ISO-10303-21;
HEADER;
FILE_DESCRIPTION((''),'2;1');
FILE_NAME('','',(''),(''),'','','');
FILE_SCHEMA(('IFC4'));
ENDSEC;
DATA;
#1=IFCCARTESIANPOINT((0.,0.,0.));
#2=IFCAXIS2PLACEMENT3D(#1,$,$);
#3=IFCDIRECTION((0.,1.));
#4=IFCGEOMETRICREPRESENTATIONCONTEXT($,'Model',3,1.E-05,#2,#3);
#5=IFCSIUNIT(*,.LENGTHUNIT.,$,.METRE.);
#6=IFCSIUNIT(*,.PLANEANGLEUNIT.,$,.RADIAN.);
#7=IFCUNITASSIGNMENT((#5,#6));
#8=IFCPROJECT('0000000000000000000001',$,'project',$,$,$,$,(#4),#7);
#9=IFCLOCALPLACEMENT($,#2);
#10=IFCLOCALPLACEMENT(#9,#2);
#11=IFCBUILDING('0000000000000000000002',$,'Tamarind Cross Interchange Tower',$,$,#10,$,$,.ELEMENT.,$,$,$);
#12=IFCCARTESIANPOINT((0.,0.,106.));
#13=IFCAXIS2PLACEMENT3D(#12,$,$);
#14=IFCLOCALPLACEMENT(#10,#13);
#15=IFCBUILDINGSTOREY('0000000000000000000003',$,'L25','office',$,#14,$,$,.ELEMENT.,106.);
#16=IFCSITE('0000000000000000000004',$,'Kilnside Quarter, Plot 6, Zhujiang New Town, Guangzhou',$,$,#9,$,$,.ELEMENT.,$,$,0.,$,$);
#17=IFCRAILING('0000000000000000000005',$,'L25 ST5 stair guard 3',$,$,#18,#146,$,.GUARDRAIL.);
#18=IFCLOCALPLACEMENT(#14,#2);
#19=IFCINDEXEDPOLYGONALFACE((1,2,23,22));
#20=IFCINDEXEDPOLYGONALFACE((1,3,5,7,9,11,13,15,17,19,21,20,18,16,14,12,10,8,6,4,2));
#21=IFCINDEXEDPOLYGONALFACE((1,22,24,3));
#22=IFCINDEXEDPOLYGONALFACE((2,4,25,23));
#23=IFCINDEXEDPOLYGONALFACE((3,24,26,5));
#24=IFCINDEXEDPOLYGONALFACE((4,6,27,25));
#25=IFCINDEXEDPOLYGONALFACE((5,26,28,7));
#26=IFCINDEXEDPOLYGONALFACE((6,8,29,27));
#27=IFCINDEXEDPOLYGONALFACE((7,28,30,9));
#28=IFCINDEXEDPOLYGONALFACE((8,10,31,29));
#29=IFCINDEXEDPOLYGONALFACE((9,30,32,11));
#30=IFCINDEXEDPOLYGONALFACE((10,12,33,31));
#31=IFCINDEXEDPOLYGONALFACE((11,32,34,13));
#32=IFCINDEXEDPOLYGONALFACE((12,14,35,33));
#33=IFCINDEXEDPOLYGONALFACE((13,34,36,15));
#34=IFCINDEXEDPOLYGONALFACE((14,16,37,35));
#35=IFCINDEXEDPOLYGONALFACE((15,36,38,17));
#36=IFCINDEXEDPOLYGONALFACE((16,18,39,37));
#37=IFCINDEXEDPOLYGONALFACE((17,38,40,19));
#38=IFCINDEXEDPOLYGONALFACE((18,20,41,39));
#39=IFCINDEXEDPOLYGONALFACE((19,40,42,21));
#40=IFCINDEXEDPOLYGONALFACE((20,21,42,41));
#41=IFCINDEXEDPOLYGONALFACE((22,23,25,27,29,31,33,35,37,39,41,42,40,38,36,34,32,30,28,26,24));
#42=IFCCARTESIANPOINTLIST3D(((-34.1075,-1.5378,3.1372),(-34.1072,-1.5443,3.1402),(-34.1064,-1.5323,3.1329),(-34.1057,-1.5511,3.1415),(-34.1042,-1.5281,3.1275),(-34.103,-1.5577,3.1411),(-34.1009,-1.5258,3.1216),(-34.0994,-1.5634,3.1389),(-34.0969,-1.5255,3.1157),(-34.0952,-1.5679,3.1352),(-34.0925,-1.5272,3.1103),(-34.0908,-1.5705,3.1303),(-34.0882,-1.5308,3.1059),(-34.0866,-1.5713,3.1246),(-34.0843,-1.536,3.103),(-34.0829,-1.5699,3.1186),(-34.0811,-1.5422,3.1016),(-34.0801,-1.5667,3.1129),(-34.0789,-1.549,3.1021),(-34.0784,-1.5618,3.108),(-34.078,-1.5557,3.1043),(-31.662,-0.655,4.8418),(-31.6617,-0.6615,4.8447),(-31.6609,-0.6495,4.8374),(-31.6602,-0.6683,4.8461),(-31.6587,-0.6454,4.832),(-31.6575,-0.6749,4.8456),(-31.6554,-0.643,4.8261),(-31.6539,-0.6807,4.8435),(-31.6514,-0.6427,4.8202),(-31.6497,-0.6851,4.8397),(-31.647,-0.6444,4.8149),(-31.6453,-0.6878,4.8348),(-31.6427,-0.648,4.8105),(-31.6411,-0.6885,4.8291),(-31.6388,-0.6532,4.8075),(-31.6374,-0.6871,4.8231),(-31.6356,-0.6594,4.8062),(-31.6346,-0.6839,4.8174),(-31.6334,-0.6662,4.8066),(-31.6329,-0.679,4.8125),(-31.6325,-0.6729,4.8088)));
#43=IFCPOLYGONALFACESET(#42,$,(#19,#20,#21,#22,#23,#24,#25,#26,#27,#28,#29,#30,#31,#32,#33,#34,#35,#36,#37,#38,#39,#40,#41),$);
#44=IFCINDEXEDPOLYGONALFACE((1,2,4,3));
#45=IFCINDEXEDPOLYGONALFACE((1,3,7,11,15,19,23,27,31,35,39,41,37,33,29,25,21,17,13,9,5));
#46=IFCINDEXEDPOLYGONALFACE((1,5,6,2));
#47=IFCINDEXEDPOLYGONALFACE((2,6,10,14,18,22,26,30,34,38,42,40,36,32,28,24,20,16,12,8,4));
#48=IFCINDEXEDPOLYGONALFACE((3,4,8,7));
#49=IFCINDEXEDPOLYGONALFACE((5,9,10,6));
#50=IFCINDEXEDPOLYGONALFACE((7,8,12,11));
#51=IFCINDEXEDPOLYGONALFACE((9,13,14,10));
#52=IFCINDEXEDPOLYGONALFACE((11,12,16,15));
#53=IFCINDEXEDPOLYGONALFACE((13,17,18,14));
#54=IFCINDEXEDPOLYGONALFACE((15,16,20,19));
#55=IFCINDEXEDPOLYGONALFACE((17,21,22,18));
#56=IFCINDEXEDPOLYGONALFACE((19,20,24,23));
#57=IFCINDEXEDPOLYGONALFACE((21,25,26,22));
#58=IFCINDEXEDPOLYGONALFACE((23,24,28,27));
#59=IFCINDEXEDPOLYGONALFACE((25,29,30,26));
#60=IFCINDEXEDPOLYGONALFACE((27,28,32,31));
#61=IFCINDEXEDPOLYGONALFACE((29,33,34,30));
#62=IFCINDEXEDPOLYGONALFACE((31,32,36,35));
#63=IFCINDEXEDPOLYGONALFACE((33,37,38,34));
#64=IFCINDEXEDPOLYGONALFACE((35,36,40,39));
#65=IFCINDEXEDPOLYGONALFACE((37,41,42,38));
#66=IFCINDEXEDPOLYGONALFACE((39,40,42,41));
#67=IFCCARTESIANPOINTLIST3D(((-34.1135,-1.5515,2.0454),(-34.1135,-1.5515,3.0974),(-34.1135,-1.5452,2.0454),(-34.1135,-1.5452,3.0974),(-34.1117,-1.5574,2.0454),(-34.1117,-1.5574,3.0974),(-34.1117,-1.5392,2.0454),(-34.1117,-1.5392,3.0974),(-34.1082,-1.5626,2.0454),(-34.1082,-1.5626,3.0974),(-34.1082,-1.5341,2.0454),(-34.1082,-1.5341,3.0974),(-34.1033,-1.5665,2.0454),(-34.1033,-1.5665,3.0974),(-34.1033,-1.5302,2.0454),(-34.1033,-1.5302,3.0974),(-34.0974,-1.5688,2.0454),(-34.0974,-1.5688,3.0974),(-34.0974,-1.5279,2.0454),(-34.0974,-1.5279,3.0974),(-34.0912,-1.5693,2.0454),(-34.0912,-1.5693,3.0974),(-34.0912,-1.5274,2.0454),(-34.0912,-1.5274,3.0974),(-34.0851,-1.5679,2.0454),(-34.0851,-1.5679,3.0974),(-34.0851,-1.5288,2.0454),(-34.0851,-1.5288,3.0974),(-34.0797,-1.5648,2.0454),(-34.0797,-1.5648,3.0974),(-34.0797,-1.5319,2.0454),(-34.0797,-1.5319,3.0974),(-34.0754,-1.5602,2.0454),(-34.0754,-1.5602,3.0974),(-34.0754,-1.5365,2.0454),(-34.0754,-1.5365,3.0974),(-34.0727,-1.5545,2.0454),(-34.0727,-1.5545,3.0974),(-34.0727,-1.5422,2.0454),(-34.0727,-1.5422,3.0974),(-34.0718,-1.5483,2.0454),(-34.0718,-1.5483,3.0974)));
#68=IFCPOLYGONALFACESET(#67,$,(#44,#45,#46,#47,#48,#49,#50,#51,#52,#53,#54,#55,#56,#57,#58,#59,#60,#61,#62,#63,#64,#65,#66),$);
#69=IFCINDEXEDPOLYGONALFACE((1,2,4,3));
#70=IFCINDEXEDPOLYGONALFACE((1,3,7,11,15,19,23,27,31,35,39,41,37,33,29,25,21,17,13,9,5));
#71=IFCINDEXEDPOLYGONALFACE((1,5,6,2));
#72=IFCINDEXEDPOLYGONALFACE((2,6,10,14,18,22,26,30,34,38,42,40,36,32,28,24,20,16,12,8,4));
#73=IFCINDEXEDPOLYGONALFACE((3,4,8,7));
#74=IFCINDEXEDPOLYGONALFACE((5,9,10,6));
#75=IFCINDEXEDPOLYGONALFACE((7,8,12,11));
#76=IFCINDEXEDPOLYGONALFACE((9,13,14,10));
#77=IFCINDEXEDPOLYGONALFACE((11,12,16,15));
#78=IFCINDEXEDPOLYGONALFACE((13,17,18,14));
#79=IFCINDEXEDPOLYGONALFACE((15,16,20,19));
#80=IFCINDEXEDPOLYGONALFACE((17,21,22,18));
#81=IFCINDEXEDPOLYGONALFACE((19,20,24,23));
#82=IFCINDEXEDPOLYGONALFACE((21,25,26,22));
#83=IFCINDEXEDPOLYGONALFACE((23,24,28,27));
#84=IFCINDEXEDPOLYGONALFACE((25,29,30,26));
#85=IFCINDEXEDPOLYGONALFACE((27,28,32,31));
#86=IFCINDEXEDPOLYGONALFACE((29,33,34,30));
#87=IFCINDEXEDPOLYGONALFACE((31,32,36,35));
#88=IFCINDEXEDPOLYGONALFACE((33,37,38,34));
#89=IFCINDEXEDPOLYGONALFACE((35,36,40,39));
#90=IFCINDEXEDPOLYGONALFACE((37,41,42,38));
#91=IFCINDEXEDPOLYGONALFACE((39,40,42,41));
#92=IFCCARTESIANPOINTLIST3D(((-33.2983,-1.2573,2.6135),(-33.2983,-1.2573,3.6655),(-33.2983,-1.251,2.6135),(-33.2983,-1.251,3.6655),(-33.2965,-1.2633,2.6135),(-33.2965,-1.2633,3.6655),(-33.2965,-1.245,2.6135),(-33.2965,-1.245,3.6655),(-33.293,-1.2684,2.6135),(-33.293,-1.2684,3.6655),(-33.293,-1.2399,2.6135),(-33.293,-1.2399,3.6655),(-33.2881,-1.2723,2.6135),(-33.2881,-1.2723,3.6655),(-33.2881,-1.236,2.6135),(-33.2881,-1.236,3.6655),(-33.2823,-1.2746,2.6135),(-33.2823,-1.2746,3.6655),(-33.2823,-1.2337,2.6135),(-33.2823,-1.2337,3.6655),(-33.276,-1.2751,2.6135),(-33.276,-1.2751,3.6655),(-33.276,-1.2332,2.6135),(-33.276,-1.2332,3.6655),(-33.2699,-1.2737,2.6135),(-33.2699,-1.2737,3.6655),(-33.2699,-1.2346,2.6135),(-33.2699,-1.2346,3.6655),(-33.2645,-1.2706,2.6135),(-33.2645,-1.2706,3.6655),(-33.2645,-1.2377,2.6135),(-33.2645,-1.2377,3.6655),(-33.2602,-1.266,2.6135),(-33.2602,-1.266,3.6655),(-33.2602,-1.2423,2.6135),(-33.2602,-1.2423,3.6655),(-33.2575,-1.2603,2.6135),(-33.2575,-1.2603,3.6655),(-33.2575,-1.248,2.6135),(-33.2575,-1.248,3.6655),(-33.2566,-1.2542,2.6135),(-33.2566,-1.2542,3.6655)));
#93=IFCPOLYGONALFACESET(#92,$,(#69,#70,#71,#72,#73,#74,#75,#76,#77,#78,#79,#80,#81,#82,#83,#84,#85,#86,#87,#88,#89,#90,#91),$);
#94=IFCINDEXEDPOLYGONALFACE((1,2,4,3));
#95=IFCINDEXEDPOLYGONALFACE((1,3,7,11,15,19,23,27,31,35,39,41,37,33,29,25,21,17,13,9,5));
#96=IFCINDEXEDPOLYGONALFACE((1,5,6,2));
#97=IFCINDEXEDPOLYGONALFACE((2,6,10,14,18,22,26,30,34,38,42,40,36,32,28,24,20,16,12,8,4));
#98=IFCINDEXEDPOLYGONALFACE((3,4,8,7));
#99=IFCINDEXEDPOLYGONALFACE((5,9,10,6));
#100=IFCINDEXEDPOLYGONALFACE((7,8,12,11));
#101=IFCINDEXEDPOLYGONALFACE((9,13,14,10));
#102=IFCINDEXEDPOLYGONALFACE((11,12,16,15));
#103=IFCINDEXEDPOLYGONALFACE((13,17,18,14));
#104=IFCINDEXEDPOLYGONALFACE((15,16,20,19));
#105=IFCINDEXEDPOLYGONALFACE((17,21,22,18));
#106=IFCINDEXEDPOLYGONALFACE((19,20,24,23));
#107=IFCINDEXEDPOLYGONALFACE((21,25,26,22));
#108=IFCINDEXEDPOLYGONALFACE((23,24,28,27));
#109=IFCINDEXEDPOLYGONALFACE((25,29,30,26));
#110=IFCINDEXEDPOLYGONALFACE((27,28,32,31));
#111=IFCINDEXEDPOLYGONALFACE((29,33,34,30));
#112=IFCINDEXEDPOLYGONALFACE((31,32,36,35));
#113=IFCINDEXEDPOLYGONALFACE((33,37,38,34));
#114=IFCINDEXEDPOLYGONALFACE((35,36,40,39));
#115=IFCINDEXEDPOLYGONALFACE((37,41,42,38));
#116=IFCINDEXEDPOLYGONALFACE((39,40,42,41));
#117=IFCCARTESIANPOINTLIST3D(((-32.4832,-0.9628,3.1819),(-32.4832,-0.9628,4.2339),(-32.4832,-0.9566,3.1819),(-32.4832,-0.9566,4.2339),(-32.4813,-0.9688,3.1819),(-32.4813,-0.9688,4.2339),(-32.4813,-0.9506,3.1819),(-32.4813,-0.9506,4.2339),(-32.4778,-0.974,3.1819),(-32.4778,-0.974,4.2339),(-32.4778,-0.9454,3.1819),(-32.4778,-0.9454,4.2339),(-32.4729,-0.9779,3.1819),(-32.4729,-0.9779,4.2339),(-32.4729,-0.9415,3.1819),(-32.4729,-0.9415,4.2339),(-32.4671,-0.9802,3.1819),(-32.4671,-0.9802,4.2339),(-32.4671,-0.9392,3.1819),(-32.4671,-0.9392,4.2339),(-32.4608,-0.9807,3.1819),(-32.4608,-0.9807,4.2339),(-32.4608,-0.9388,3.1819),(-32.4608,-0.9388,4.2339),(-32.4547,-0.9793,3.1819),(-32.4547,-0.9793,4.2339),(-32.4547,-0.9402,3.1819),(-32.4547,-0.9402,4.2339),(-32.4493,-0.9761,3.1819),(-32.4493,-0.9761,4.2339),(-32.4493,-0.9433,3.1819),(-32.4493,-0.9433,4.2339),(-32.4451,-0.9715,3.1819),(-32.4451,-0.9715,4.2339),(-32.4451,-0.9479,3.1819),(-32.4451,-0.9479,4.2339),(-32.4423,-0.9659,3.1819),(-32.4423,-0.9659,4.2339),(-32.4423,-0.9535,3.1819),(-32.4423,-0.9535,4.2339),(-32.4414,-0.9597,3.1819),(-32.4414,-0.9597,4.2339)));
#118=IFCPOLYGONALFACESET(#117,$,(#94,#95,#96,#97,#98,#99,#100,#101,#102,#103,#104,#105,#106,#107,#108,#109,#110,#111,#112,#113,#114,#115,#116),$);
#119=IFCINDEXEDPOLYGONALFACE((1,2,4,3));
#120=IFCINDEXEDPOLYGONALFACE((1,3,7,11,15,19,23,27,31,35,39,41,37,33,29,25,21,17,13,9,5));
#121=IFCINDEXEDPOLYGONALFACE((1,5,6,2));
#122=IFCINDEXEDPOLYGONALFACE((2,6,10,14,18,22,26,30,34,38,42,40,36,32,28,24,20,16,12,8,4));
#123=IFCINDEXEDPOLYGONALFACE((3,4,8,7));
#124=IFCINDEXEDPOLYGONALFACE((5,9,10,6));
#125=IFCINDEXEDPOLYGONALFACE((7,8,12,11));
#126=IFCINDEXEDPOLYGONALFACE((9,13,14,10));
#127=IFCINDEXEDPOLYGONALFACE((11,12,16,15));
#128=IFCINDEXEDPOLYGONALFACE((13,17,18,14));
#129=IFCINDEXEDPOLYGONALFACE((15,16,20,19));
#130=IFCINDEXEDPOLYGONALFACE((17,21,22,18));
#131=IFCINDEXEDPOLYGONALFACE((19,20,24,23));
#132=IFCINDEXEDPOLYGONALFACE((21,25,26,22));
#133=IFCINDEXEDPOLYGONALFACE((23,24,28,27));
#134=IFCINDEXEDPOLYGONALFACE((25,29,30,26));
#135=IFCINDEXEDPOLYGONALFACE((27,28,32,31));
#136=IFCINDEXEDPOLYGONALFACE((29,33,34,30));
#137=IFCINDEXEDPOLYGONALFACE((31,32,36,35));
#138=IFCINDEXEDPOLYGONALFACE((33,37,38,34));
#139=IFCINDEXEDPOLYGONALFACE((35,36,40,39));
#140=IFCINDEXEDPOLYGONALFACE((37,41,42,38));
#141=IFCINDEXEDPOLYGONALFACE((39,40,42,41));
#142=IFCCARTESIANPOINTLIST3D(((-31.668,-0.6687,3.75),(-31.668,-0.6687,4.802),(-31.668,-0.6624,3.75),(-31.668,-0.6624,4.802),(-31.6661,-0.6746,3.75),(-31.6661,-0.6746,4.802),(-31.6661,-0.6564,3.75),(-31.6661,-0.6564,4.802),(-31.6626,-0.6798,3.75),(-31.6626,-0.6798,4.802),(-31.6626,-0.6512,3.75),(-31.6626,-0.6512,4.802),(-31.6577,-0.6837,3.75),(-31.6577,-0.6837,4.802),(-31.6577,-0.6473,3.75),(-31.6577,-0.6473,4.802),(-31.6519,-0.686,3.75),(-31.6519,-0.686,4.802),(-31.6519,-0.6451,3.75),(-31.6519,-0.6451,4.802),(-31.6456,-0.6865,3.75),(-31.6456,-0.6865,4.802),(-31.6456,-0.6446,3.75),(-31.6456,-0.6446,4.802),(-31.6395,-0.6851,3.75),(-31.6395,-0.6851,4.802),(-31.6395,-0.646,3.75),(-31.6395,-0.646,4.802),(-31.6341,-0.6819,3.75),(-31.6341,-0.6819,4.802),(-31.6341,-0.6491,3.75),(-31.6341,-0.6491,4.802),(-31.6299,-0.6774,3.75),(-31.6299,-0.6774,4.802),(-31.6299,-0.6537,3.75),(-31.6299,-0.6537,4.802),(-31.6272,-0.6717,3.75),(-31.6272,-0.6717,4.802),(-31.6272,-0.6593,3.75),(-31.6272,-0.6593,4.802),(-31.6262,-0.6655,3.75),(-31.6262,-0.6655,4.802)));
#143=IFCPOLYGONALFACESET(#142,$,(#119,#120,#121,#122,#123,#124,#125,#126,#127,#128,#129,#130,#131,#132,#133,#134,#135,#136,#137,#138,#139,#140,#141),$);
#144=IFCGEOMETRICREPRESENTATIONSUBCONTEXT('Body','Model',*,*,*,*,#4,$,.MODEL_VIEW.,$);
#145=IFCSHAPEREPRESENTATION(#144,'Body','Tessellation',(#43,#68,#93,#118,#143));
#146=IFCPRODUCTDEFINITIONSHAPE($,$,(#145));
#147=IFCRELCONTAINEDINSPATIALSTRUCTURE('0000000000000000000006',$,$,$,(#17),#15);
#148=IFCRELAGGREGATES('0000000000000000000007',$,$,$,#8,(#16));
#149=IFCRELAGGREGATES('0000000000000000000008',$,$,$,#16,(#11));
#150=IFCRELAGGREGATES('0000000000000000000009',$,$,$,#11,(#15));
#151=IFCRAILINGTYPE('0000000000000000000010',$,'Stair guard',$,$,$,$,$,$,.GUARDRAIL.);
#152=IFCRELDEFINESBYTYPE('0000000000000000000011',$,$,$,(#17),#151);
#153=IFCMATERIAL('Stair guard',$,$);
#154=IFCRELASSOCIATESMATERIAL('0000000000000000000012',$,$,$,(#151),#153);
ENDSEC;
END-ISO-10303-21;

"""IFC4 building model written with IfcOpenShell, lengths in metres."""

from ifc_helpers import new_model, si_unit, direction, frame, origin, origin_2d, place, context, subcontext, project, spatial, circle, extrude, material, type_object, element, save


model = new_model("IFC4")

# Units and contexts
model_context = context("Model", 3, precision=1e-05, world=origin(), true_north=direction((0.0, 1.0)))
body_context = subcontext(model_context, "Body", "Model", "MODEL_VIEW")
ifc_project = project(units=[si_unit("LENGTHUNIT", "METRE"), si_unit("PLANEANGLEUNIT", "RADIAN")], contexts=[model_context])

# Site, building, storey
site_placement = place(None, origin())
site = spatial("IfcSite", under=ifc_project, at=site_placement, Name="Kilnside Quarter, Plot 6, Zhujiang New Town, Guangzhou", CompositionType="ELEMENT", RefElevation=0.0)
building_placement = place(site_placement, origin())
building = spatial("IfcBuilding", under=site, at=building_placement, Name="Tamarind Cross Interchange Tower", CompositionType="ELEMENT")
storey_placement = place(building_placement, frame((0.0, 0.0, 106.0)))
storey = spatial("IfcBuildingStorey", under=building, at=storey_placement, Name="L25", Description="office", CompositionType="ELEMENT", Elevation=106.0)

# Railing
ifc_material_1 = material(Name="Stair guard")
railing_type_1 = type_object("IfcRailingType", Name="Stair guard", PredefinedType="GUARDRAIL", material=ifc_material_1)
railing_1_placement = place(storey_placement, frame((-34.0928, -1.5483, 2.0454)))
element("IfcRailing", 1, at=railing_1_placement, inside=storey, type_object=railing_type_1, Name="L25 ST5 stair guard 3", PredefinedType="GUARDRAIL", context=body_context, shape_type="SweptSolid", body=[
    extrude(circle(Radius=0.0239, at=origin_2d()), frame((0.0, 0.0, 1.0762), z_axis=(0.786612, 0.283956, 0.54828), x_axis=(-0.339541, 0.940591, 0.0)), (0.0, 0.0, 1.0), 3.1089),
    extrude(circle(Radius=0.021, at=origin_2d()), origin(), (0.0, 0.0, 1.0), 1.052),
    extrude(circle(Radius=0.021, at=origin_2d()), frame((0.8152, 0.2942, 0.5681)), (0.0, 0.0, 1.0), 1.052),
    extrude(circle(Radius=0.021, at=origin_2d()), frame((1.6304, 0.5886, 1.1365)), (0.0, 0.0, 1.0), 1.052),
    extrude(circle(Radius=0.021, at=origin_2d()), frame((2.4456, 0.8828, 1.7046)), (0.0, 0.0, 1.0), 1.052),
])

save(model, "model.ifc")
